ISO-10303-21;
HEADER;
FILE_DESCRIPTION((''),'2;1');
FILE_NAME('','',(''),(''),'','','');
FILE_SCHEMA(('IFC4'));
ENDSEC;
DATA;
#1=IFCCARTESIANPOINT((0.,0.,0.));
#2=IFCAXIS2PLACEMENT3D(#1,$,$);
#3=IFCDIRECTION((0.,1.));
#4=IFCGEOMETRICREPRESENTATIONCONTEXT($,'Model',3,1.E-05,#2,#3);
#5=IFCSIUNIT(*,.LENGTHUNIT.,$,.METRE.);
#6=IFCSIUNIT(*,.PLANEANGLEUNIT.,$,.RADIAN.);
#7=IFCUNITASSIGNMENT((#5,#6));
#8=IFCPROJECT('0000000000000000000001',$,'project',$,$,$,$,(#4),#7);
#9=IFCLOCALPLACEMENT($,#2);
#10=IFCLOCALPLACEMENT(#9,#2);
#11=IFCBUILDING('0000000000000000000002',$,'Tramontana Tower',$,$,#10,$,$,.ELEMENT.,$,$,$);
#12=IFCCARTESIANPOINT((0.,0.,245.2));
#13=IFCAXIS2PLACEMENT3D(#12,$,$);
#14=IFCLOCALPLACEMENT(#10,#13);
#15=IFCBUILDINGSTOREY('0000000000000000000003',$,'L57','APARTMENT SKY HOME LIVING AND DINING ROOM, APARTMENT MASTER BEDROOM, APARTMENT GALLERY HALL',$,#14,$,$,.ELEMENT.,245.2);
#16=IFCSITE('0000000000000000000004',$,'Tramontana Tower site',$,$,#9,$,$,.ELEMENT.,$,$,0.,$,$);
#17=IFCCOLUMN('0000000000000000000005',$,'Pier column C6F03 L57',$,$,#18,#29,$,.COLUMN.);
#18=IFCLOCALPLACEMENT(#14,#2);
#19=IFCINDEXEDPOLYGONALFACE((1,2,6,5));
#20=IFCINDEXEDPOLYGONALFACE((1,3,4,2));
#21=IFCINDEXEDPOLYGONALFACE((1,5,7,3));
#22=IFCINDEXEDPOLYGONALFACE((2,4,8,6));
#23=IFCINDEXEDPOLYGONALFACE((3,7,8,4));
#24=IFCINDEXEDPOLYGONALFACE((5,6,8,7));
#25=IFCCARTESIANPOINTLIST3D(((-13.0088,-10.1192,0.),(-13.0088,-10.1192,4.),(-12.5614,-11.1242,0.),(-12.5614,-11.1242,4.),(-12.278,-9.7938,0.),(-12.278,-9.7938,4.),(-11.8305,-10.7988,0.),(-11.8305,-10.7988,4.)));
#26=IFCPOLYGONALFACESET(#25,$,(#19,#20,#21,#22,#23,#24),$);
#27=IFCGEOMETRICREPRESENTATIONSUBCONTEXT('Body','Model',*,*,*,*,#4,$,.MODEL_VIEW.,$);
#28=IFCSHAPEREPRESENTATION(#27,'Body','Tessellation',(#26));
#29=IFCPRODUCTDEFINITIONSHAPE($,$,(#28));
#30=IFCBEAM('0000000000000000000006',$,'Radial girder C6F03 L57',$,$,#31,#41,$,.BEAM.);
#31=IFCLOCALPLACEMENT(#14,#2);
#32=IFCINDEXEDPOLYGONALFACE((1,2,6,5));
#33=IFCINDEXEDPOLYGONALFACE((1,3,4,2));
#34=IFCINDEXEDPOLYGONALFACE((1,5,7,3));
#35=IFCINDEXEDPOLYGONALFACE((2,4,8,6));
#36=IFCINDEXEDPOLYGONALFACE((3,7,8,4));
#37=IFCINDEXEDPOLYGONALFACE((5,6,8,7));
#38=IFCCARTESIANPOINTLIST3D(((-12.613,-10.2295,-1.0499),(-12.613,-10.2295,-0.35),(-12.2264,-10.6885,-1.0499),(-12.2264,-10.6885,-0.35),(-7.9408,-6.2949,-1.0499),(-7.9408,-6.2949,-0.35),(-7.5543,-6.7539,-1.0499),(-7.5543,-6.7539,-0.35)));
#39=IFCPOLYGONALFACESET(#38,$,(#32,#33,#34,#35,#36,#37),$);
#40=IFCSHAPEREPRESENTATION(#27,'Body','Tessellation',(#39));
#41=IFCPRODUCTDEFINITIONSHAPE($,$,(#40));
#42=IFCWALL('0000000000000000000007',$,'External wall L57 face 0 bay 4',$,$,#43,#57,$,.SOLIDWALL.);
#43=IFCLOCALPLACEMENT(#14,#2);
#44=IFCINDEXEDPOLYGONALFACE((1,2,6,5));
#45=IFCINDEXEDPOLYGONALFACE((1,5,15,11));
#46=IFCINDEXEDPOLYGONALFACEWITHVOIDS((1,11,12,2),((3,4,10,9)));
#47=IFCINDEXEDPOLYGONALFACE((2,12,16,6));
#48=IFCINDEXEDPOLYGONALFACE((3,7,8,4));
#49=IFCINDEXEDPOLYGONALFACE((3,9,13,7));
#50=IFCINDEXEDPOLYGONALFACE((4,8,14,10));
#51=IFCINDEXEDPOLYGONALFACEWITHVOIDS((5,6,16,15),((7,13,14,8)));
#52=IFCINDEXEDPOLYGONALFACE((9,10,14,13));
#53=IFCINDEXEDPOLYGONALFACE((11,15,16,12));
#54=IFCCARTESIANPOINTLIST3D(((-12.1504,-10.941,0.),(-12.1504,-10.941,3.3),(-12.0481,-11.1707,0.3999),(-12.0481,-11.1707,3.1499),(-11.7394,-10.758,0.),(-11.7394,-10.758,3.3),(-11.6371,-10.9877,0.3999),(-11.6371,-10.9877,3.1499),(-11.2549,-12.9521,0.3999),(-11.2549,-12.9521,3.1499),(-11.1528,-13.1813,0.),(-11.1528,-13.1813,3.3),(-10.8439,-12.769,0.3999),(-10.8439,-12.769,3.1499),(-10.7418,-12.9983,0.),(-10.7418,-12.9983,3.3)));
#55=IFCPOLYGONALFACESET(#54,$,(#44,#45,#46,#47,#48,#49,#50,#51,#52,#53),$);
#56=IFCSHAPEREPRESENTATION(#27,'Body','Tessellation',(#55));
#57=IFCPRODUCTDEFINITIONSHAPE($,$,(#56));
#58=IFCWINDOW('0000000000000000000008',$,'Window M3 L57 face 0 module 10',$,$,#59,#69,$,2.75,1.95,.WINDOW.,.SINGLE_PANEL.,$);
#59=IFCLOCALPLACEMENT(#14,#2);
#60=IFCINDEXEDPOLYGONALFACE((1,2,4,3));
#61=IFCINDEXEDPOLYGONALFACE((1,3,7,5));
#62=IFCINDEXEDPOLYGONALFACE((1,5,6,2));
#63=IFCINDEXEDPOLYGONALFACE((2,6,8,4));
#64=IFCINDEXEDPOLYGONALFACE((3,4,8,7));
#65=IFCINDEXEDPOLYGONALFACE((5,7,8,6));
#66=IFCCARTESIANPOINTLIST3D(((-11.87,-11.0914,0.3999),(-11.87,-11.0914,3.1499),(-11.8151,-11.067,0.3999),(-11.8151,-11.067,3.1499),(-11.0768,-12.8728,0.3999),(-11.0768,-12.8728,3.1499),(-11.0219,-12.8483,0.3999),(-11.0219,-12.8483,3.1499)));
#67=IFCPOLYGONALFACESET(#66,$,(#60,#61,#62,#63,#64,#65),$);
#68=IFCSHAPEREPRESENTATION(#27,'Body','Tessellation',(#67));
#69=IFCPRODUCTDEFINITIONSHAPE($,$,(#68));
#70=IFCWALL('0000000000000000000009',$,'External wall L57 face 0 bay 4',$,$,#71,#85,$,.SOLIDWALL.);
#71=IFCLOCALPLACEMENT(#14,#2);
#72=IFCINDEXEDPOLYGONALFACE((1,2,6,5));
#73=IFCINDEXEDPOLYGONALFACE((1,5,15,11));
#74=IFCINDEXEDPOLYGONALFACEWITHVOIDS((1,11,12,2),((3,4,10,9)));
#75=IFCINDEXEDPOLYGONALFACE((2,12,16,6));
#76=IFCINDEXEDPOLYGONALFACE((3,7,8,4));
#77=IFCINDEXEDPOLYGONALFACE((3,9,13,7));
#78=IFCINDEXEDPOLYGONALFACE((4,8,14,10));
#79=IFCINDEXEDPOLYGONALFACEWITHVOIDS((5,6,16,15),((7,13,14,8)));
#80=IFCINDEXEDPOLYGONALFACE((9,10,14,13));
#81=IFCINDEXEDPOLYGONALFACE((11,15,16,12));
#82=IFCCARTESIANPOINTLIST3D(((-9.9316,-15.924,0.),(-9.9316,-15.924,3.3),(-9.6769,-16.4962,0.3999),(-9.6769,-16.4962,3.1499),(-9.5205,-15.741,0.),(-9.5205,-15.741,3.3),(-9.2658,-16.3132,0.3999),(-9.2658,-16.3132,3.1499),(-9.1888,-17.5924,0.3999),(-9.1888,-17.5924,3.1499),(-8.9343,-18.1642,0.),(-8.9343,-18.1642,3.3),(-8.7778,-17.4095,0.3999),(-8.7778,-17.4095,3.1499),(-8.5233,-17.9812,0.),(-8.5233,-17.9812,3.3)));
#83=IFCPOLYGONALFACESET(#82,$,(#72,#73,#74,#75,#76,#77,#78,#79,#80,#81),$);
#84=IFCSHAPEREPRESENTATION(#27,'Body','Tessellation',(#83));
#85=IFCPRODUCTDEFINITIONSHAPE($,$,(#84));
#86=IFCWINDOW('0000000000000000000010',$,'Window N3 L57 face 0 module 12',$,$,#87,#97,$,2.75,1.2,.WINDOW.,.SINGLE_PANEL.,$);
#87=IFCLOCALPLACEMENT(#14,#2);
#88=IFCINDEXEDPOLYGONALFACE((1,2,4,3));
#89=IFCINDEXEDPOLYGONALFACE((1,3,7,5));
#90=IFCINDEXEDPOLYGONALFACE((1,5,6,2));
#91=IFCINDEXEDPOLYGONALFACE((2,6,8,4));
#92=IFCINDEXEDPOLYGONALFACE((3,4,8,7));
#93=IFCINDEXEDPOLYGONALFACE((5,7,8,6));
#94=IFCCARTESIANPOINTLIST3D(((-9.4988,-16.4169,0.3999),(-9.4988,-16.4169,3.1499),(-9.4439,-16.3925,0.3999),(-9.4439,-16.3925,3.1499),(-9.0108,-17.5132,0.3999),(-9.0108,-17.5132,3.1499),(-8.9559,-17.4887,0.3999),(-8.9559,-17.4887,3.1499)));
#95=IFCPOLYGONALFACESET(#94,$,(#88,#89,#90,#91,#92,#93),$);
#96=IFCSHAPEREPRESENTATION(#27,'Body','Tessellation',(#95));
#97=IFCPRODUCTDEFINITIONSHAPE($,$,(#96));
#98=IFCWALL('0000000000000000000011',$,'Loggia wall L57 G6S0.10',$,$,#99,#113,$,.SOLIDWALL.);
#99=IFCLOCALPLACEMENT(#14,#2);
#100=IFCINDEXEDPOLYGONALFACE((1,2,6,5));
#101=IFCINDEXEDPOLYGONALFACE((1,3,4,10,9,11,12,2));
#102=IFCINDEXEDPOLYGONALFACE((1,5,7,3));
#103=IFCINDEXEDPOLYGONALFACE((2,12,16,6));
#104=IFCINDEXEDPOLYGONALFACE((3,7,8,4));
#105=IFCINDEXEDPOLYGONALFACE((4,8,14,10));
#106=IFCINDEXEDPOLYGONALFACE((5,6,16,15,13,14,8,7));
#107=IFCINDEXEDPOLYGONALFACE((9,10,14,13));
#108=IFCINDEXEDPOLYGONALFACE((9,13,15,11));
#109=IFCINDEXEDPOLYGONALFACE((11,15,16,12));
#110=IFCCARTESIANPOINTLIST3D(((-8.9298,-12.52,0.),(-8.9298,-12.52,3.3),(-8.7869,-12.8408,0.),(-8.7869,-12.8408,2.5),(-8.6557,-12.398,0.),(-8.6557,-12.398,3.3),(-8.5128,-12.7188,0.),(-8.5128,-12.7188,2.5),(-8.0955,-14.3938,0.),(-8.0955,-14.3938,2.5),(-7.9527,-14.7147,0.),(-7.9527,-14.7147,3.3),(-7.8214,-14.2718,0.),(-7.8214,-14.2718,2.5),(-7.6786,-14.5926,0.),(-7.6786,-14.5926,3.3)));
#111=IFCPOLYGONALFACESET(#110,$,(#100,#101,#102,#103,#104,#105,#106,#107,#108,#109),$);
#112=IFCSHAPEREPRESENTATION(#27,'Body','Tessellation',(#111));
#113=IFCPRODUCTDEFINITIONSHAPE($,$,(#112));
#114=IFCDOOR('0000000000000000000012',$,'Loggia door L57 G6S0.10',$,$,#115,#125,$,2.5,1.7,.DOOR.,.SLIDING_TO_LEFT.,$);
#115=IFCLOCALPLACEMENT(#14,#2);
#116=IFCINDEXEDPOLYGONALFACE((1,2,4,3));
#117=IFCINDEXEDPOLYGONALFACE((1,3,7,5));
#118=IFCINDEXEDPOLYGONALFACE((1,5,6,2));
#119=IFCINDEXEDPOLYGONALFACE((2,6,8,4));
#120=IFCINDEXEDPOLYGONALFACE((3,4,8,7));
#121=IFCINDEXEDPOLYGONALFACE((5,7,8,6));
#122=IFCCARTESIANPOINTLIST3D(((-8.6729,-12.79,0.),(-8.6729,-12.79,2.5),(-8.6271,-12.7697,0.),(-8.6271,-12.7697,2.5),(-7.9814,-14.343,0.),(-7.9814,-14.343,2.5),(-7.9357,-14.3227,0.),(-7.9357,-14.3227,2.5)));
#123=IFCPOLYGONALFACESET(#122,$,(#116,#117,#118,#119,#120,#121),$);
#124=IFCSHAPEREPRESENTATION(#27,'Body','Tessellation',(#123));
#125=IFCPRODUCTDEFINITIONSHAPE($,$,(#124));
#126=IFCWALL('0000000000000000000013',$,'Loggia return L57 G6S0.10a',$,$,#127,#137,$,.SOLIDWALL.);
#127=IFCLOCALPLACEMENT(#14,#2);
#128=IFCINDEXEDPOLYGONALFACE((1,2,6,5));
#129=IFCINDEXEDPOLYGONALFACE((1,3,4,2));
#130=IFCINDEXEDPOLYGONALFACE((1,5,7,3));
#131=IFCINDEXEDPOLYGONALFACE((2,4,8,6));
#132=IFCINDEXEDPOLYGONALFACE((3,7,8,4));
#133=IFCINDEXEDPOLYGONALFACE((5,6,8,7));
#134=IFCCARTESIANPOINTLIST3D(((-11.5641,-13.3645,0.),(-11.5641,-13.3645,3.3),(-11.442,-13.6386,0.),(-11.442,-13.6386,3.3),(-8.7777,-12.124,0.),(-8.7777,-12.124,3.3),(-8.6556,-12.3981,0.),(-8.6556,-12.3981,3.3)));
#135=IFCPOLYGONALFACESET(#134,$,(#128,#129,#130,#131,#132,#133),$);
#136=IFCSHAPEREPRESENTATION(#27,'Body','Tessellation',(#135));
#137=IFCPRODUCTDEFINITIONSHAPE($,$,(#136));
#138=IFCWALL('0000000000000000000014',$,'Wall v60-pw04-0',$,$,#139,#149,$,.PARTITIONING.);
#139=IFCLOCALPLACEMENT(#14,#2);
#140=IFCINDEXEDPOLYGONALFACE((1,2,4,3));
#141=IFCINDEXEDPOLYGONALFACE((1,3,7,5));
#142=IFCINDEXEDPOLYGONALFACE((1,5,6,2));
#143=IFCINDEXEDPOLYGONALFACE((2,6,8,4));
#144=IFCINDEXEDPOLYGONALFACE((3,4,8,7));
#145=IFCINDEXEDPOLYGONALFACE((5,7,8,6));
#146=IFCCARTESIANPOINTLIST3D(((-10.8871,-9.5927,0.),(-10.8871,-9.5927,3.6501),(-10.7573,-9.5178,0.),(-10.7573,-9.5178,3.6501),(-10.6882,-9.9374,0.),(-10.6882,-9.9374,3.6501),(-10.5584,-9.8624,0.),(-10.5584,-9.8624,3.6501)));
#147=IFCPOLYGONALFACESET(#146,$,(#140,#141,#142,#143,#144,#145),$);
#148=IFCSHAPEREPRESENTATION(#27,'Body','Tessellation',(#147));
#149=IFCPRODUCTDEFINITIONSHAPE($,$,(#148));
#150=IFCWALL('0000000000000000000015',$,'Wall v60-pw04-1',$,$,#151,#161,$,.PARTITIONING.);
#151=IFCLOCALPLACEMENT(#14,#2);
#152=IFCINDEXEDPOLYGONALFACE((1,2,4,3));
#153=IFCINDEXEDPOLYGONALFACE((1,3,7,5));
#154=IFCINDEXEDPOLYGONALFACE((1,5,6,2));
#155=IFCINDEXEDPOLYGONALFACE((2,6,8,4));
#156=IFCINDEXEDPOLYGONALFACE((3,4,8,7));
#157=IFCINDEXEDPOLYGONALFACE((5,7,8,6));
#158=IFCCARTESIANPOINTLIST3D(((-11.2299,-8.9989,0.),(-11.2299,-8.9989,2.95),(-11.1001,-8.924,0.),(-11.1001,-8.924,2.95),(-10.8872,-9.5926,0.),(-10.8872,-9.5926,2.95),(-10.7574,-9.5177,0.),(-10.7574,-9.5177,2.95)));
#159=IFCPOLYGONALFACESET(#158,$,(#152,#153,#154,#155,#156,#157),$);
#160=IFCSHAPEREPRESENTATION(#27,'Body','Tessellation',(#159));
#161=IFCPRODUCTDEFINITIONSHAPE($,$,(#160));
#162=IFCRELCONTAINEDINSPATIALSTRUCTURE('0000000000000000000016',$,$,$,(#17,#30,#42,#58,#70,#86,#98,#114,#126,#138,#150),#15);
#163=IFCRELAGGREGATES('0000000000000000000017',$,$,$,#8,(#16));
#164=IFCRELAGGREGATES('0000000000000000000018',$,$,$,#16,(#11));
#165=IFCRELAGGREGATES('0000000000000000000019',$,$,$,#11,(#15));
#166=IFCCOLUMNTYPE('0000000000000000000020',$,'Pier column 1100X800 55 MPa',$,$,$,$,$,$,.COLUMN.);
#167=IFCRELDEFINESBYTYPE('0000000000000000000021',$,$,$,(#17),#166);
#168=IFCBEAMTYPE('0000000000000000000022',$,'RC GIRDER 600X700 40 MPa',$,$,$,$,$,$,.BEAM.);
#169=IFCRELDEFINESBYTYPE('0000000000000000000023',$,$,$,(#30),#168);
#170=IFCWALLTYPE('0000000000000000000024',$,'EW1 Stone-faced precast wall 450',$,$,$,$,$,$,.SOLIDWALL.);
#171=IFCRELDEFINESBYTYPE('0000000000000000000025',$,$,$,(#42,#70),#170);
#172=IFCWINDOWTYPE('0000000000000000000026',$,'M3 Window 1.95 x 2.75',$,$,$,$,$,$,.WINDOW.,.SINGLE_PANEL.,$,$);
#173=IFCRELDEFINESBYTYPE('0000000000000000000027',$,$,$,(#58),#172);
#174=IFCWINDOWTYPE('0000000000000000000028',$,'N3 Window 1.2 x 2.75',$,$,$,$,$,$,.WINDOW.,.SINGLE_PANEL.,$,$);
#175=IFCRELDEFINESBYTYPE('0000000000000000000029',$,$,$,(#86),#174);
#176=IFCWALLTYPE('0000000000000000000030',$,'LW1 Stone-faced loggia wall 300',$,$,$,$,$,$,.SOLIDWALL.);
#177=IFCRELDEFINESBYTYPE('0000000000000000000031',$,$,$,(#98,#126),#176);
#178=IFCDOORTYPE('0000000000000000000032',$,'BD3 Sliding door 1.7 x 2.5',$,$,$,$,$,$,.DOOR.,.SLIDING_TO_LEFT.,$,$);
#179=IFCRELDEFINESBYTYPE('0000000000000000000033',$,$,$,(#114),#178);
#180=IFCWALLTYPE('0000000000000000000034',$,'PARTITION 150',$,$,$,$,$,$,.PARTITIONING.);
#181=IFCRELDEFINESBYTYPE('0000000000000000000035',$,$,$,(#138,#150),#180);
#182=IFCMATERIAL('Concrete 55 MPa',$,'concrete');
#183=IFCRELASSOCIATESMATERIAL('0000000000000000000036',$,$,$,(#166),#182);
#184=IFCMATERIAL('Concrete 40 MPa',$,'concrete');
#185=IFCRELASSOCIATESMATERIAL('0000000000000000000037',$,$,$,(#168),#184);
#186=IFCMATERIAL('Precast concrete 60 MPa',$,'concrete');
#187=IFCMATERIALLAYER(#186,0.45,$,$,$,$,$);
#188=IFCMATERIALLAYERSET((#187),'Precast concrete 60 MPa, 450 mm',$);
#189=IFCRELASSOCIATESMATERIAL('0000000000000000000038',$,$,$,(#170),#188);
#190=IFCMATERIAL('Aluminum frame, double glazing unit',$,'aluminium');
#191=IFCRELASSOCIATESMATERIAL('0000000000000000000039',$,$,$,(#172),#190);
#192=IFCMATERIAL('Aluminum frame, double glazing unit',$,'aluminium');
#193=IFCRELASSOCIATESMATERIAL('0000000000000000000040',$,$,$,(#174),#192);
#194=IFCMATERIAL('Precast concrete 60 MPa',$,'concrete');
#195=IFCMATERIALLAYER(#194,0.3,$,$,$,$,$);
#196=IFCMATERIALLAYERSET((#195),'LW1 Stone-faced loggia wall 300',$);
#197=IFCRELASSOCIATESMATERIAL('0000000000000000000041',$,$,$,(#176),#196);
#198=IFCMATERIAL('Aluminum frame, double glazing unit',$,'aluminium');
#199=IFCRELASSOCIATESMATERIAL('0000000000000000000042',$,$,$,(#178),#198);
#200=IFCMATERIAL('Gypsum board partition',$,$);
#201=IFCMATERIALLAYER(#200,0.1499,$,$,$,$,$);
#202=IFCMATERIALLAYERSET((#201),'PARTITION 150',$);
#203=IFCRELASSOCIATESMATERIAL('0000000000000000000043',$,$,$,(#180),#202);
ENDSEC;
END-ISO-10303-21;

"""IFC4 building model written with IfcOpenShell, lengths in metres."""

from ifc_helpers import new_model, si_unit, direction, frame, frame_2d, origin, origin_2d, place, context, subcontext, project, spatial, rectangle, extrude, material, layer, layer_set, material_profile, profile_set, type_object, element, fill, save


model = new_model("IFC4")

# Units and contexts
model_context = context("Model", 3, precision=1e-05, world=origin(), true_north=direction((0.0, 1.0)))
body_context = subcontext(model_context, "Body", "Model", "MODEL_VIEW")
ifc_project = project(units=[si_unit("LENGTHUNIT", "METRE"), si_unit("PLANEANGLEUNIT", "RADIAN")], contexts=[model_context])

# Site, building, storey
site_placement = place(None, origin())
site = spatial("IfcSite", under=ifc_project, at=site_placement, Name="Tramontana Tower site", CompositionType="ELEMENT", RefElevation=0.0)
building_placement = place(site_placement, origin())
building = spatial("IfcBuilding", under=site, at=building_placement, Name="Tramontana Tower", CompositionType="ELEMENT")
storey_placement = place(building_placement, frame((0.0, 0.0, 245.2)))
storey = spatial("IfcBuildingStorey", under=building, at=storey_placement, Name="L57", Description="APARTMENT SKY HOME LIVING AND DINING ROOM, APARTMENT MASTER BEDROOM, APARTMENT GALLERY HALL", CompositionType="ELEMENT", Elevation=245.2)

# Column
ifc_material_1 = material(Name="Concrete 55 MPa", Category="concrete")
ifc_material_profile_1 = material_profile(ifc_material_1, rectangle(XDim=1.1001, YDim=0.8, at=origin_2d()), Name="Pier column 1100X800 55 MPa")
ifc_profile_set_1 = profile_set([ifc_material_profile_1], Name="Concrete 55 MPa")
column_type = type_object("IfcColumnType", Name="Pier column 1100X800 55 MPa", PredefinedType="COLUMN", material=ifc_profile_set_1)
column_placement = place(storey_placement, frame((-12.4197, -10.459, 0.0), z_axis=(0.0, 0.0, 1.0), x_axis=(0.406737, -0.913545, 0.0)))
element("IfcColumn", 1, at=column_placement, inside=storey, type_object=column_type, Name="Pier column C6F03 L57", PredefinedType="COLUMN", context=body_context, shape_type="SweptSolid", body=[
    extrude(rectangle(XDim=1.1001, YDim=0.8, at=origin_2d()), origin(), (0.0, 0.0, 1.0), 4.0),
])

# Beam
ifc_material_2 = material(Name="Concrete 40 MPa", Category="concrete")
ifc_material_profile_2 = material_profile(ifc_material_2, rectangle(XDim=0.6001, YDim=0.7, at=origin_2d()), Name="RC GIRDER 600X700 40 MPa")
ifc_profile_set_2 = profile_set([ifc_material_profile_2], Name="Concrete 40 MPa")
beam_type = type_object("IfcBeamType", Name="RC GIRDER 600X700 40 MPa", PredefinedType="BEAM", material=ifc_profile_set_2)
beam_placement = place(storey_placement, frame((-12.4197, -10.459, -0.7), z_axis=(0.764899, 0.644151, 0.0), x_axis=(-0.644151, 0.764899, 0.0)))
element("IfcBeam", 2, at=beam_placement, inside=storey, type_object=beam_type, Name="Radial girder C6F03 L57", PredefinedType="BEAM", context=body_context, shape_type="SweptSolid", body=[
    extrude(rectangle(XDim=0.6001, YDim=0.7, at=origin_2d()), origin(), (0.0, 0.0, 1.0), 6.1082),
])

# Walls, openings, windows
ifc_material_3 = material(Name="Precast concrete 60 MPa", Category="concrete")
ifc_layer_1 = layer(ifc_material_3, 0.45)
ifc_layer_set_1 = layer_set([ifc_layer_1], Name="Precast concrete 60 MPa, 450 mm")
wall_type_1 = type_object("IfcWallType", Name="EW1 Stone-faced precast wall 450", PredefinedType="SOLIDWALL", material=ifc_layer_set_1)
wall_1_placement = place(storey_placement, frame((-11.9448, -10.8496, 0.0), z_axis=(0.0, 0.0, 1.0), x_axis=(0.406785, -0.913524, 0.0)))
wall_1 = element("IfcWall", 3, at=wall_1_placement, inside=storey, type_object=wall_type_1, Name="External wall L57 face 0 bay 4", PredefinedType="SOLIDWALL", context=body_context, shape_type="SweptSolid", body=[
    extrude(rectangle(XDim=2.4524, YDim=0.45, at=frame_2d((1.2261, 0.0))), origin(), (0.0, 0.0, 1.0), 3.3),
])
opening_1_placement = place(wall_1_placement, frame((0.2512, 0.0, 0.3999)))
opening_1 = element("IfcOpeningElement", 4, at=opening_1_placement, cuts=wall_1, PredefinedType="OPENING", context=body_context, shape_type="SweptSolid", body=[
    extrude(rectangle(XDim=1.95, YDim=2.75, at=frame_2d((0.9751, 1.375))), frame((0.0, 0.2349, 0.0), z_axis=(0.0, -1.0, 0.0), x_axis=(1.0, 0.0, 0.0)), (0.0, 0.0, 1.0), 0.47),
])
ifc_material_4 = material(Name="Aluminum frame, double glazing unit", Category="aluminium")
window_type_1 = type_object("IfcWindowType", Name="M3 Window 1.95 x 2.75", PartitioningType="SINGLE_PANEL", PredefinedType="WINDOW", material=ifc_material_4)
window_1_placement = place(opening_1_placement, origin())
window_1 = element("IfcWindow", 5, at=window_1_placement, inside=storey, type_object=window_type_1, Name="Window M3 L57 face 0 module 10", OverallHeight=2.75, OverallWidth=1.95, PartitioningType="SINGLE_PANEL", PredefinedType="WINDOW", context=body_context, shape_type="SweptSolid", body=[
    extrude(rectangle(XDim=1.95, YDim=2.75, at=frame_2d((0.9751, 1.375))), frame((0.0, 0.03, 0.0), z_axis=(0.0, -1.0, 0.0), x_axis=(1.0, 0.0, 0.0)), (0.0, 0.0, 1.0), 0.0601),
])
fill(opening_1, window_1)
wall_2_placement = place(storey_placement, frame((-9.7261, -15.8325, 0.0), z_axis=(0.0, 0.0, 1.0), x_axis=(0.406702, -0.913561, 0.0)))
wall_2 = element("IfcWall", 6, at=wall_2_placement, inside=storey, type_object=wall_type_1, Name="External wall L57 face 0 bay 4", PredefinedType="SOLIDWALL", context=body_context, shape_type="SweptSolid", body=[
    extrude(rectangle(XDim=2.4521, YDim=0.45, at=frame_2d((1.2261, 0.0))), origin(), (0.0, 0.0, 1.0), 3.3),
])
opening_2_placement = place(wall_2_placement, frame((0.6262, 0.0, 0.3999)))
opening_2 = element("IfcOpeningElement", 7, at=opening_2_placement, cuts=wall_2, PredefinedType="OPENING", context=body_context, shape_type="SweptSolid", body=[
    extrude(rectangle(XDim=1.2, YDim=2.75, at=frame_2d((0.6001, 1.375))), frame((0.0, 0.2349, 0.0), z_axis=(0.0, -1.0, 0.0), x_axis=(1.0, 0.0, 0.0)), (0.0, 0.0, 1.0), 0.47),
])
ifc_material_5 = material(Name="Aluminum frame, double glazing unit", Category="aluminium")
window_type_2 = type_object("IfcWindowType", Name="N3 Window 1.2 x 2.75", PartitioningType="SINGLE_PANEL", PredefinedType="WINDOW", material=ifc_material_5)
window_2_placement = place(opening_2_placement, origin())
window_2 = element("IfcWindow", 8, at=window_2_placement, inside=storey, type_object=window_type_2, Name="Window N3 L57 face 0 module 12", OverallHeight=2.75, OverallWidth=1.2, PartitioningType="SINGLE_PANEL", PredefinedType="WINDOW", context=body_context, shape_type="SweptSolid", body=[
    extrude(rectangle(XDim=1.2, YDim=2.75, at=frame_2d((0.6001, 1.375))), frame((0.0, 0.03, 0.0), z_axis=(0.0, -1.0, 0.0), x_axis=(1.0, 0.0, 0.0)), (0.0, 0.0, 1.0), 0.0601),
])
fill(opening_2, window_2)

# Wall, opening, door
ifc_material_6 = material(Name="Precast concrete 60 MPa", Category="concrete")
ifc_layer_2 = layer(ifc_material_6, 0.3)
ifc_layer_set_2 = layer_set([ifc_layer_2], Name="LW1 Stone-faced loggia wall 300")
wall_type_2 = type_object("IfcWallType", Name="LW1 Stone-faced loggia wall 300", PredefinedType="SOLIDWALL", material=ifc_layer_set_2)
wall_3_placement = place(storey_placement, frame((-8.7927, -12.459, 0.0), z_axis=(0.0, 0.0, 1.0), x_axis=(0.406723, -0.913552, 0.0)))
wall_3 = element("IfcWall", 9, at=wall_3_placement, inside=storey, type_object=wall_type_2, Name="Loggia wall L57 G6S0.10", PredefinedType="SOLIDWALL", context=body_context, shape_type="SweptSolid", body=[
    extrude(rectangle(XDim=2.4023, YDim=0.3, at=frame_2d((1.2012, 0.0))), origin(), (0.0, 0.0, 1.0), 3.3),
])
opening_3_placement = place(wall_3_placement, frame((0.3511, 0.0, 0.0)))
opening_3 = element("IfcOpeningElement", 10, at=opening_3_placement, cuts=wall_3, PredefinedType="OPENING", context=body_context, shape_type="SweptSolid", body=[
    extrude(rectangle(XDim=1.7, YDim=2.5, at=frame_2d((0.8501, 1.25))), frame((0.0, 0.1599, 0.0), z_axis=(0.0, -1.0, 0.0), x_axis=(1.0, 0.0, 0.0)), (0.0, 0.0, 1.0), 0.3201),
])
ifc_material_7 = material(Name="Aluminum frame, double glazing unit", Category="aluminium")
door_type_1 = type_object("IfcDoorType", Name="BD3 Sliding door 1.7 x 2.5", OperationType="SLIDING_TO_LEFT", PredefinedType="DOOR", material=ifc_material_7)
door_1_placement = place(opening_3_placement, origin())
door_1 = element("IfcDoor", 11, at=door_1_placement, inside=storey, type_object=door_type_1, Name="Loggia door L57 G6S0.10", OperationType="SLIDING_TO_LEFT", OverallHeight=2.5, OverallWidth=1.7, PredefinedType="DOOR", context=body_context, shape_type="SweptSolid", body=[
    extrude(rectangle(XDim=1.7, YDim=2.5, at=frame_2d((0.8501, 1.25))), frame((0.0, 0.0249, 0.0), z_axis=(0.0, -1.0, 0.0), x_axis=(1.0, 0.0, 0.0)), (0.0, 0.0, 1.0), 0.05),
])
fill(opening_3, door_1)

# Walls
wall_4_placement = place(storey_placement, frame((-11.5029, -13.5015, 0.0), z_axis=(0.0, 0.0, 1.0), x_axis=(0.913557, 0.40671, 0.0)))
element("IfcWall", 12, at=wall_4_placement, inside=storey, type_object=wall_type_2, Name="Loggia return L57 G6S0.10a", PredefinedType="SOLIDWALL", context=body_context, shape_type="SweptSolid", body=[
    extrude(rectangle(XDim=3.05, YDim=0.3, at=frame_2d((1.5249, 0.0))), origin(), (0.0, 0.0, 1.0), 3.3),
])
ifc_material_8 = material(Name="Gypsum board partition")
ifc_layer_3 = layer(ifc_material_8, 0.1499)
ifc_layer_set_3 = layer_set([ifc_layer_3], Name="PARTITION 150")
wall_type_3 = type_object("IfcWallType", Name="PARTITION 150", PredefinedType="PARTITIONING", material=ifc_layer_set_3)
wall_5_placement = place(storey_placement, frame((-10.6233, -9.8999, 0.0), z_axis=(0.0, 0.0, 1.0), x_axis=(-0.499899, 0.866083, 0.0)))
element("IfcWall", 13, at=wall_5_placement, inside=storey, type_object=wall_type_3, Name="Wall v60-pw04-0", PredefinedType="PARTITIONING", context=body_context, shape_type="SweptSolid", body=[
    extrude(rectangle(XDim=0.3979, YDim=0.1499, at=frame_2d((0.199, 0.0))), origin(), (0.0, 0.0, 1.0), 3.6501),
])
wall_6_placement = place(storey_placement, frame((-10.8223, -9.5552, 0.0), z_axis=(0.0, 0.0, 1.0), x_axis=(-0.499969, 0.866043, 0.0)))
element("IfcWall", 14, at=wall_6_placement, inside=storey, type_object=wall_type_3, Name="Wall v60-pw04-1", PredefinedType="PARTITIONING", context=body_context, shape_type="SweptSolid", body=[
    extrude(rectangle(XDim=0.6855, YDim=0.1499, at=frame_2d((0.3428, 0.0))), origin(), (0.0, 0.0, 1.0), 2.95),
])

save(model, "model.ifc")
